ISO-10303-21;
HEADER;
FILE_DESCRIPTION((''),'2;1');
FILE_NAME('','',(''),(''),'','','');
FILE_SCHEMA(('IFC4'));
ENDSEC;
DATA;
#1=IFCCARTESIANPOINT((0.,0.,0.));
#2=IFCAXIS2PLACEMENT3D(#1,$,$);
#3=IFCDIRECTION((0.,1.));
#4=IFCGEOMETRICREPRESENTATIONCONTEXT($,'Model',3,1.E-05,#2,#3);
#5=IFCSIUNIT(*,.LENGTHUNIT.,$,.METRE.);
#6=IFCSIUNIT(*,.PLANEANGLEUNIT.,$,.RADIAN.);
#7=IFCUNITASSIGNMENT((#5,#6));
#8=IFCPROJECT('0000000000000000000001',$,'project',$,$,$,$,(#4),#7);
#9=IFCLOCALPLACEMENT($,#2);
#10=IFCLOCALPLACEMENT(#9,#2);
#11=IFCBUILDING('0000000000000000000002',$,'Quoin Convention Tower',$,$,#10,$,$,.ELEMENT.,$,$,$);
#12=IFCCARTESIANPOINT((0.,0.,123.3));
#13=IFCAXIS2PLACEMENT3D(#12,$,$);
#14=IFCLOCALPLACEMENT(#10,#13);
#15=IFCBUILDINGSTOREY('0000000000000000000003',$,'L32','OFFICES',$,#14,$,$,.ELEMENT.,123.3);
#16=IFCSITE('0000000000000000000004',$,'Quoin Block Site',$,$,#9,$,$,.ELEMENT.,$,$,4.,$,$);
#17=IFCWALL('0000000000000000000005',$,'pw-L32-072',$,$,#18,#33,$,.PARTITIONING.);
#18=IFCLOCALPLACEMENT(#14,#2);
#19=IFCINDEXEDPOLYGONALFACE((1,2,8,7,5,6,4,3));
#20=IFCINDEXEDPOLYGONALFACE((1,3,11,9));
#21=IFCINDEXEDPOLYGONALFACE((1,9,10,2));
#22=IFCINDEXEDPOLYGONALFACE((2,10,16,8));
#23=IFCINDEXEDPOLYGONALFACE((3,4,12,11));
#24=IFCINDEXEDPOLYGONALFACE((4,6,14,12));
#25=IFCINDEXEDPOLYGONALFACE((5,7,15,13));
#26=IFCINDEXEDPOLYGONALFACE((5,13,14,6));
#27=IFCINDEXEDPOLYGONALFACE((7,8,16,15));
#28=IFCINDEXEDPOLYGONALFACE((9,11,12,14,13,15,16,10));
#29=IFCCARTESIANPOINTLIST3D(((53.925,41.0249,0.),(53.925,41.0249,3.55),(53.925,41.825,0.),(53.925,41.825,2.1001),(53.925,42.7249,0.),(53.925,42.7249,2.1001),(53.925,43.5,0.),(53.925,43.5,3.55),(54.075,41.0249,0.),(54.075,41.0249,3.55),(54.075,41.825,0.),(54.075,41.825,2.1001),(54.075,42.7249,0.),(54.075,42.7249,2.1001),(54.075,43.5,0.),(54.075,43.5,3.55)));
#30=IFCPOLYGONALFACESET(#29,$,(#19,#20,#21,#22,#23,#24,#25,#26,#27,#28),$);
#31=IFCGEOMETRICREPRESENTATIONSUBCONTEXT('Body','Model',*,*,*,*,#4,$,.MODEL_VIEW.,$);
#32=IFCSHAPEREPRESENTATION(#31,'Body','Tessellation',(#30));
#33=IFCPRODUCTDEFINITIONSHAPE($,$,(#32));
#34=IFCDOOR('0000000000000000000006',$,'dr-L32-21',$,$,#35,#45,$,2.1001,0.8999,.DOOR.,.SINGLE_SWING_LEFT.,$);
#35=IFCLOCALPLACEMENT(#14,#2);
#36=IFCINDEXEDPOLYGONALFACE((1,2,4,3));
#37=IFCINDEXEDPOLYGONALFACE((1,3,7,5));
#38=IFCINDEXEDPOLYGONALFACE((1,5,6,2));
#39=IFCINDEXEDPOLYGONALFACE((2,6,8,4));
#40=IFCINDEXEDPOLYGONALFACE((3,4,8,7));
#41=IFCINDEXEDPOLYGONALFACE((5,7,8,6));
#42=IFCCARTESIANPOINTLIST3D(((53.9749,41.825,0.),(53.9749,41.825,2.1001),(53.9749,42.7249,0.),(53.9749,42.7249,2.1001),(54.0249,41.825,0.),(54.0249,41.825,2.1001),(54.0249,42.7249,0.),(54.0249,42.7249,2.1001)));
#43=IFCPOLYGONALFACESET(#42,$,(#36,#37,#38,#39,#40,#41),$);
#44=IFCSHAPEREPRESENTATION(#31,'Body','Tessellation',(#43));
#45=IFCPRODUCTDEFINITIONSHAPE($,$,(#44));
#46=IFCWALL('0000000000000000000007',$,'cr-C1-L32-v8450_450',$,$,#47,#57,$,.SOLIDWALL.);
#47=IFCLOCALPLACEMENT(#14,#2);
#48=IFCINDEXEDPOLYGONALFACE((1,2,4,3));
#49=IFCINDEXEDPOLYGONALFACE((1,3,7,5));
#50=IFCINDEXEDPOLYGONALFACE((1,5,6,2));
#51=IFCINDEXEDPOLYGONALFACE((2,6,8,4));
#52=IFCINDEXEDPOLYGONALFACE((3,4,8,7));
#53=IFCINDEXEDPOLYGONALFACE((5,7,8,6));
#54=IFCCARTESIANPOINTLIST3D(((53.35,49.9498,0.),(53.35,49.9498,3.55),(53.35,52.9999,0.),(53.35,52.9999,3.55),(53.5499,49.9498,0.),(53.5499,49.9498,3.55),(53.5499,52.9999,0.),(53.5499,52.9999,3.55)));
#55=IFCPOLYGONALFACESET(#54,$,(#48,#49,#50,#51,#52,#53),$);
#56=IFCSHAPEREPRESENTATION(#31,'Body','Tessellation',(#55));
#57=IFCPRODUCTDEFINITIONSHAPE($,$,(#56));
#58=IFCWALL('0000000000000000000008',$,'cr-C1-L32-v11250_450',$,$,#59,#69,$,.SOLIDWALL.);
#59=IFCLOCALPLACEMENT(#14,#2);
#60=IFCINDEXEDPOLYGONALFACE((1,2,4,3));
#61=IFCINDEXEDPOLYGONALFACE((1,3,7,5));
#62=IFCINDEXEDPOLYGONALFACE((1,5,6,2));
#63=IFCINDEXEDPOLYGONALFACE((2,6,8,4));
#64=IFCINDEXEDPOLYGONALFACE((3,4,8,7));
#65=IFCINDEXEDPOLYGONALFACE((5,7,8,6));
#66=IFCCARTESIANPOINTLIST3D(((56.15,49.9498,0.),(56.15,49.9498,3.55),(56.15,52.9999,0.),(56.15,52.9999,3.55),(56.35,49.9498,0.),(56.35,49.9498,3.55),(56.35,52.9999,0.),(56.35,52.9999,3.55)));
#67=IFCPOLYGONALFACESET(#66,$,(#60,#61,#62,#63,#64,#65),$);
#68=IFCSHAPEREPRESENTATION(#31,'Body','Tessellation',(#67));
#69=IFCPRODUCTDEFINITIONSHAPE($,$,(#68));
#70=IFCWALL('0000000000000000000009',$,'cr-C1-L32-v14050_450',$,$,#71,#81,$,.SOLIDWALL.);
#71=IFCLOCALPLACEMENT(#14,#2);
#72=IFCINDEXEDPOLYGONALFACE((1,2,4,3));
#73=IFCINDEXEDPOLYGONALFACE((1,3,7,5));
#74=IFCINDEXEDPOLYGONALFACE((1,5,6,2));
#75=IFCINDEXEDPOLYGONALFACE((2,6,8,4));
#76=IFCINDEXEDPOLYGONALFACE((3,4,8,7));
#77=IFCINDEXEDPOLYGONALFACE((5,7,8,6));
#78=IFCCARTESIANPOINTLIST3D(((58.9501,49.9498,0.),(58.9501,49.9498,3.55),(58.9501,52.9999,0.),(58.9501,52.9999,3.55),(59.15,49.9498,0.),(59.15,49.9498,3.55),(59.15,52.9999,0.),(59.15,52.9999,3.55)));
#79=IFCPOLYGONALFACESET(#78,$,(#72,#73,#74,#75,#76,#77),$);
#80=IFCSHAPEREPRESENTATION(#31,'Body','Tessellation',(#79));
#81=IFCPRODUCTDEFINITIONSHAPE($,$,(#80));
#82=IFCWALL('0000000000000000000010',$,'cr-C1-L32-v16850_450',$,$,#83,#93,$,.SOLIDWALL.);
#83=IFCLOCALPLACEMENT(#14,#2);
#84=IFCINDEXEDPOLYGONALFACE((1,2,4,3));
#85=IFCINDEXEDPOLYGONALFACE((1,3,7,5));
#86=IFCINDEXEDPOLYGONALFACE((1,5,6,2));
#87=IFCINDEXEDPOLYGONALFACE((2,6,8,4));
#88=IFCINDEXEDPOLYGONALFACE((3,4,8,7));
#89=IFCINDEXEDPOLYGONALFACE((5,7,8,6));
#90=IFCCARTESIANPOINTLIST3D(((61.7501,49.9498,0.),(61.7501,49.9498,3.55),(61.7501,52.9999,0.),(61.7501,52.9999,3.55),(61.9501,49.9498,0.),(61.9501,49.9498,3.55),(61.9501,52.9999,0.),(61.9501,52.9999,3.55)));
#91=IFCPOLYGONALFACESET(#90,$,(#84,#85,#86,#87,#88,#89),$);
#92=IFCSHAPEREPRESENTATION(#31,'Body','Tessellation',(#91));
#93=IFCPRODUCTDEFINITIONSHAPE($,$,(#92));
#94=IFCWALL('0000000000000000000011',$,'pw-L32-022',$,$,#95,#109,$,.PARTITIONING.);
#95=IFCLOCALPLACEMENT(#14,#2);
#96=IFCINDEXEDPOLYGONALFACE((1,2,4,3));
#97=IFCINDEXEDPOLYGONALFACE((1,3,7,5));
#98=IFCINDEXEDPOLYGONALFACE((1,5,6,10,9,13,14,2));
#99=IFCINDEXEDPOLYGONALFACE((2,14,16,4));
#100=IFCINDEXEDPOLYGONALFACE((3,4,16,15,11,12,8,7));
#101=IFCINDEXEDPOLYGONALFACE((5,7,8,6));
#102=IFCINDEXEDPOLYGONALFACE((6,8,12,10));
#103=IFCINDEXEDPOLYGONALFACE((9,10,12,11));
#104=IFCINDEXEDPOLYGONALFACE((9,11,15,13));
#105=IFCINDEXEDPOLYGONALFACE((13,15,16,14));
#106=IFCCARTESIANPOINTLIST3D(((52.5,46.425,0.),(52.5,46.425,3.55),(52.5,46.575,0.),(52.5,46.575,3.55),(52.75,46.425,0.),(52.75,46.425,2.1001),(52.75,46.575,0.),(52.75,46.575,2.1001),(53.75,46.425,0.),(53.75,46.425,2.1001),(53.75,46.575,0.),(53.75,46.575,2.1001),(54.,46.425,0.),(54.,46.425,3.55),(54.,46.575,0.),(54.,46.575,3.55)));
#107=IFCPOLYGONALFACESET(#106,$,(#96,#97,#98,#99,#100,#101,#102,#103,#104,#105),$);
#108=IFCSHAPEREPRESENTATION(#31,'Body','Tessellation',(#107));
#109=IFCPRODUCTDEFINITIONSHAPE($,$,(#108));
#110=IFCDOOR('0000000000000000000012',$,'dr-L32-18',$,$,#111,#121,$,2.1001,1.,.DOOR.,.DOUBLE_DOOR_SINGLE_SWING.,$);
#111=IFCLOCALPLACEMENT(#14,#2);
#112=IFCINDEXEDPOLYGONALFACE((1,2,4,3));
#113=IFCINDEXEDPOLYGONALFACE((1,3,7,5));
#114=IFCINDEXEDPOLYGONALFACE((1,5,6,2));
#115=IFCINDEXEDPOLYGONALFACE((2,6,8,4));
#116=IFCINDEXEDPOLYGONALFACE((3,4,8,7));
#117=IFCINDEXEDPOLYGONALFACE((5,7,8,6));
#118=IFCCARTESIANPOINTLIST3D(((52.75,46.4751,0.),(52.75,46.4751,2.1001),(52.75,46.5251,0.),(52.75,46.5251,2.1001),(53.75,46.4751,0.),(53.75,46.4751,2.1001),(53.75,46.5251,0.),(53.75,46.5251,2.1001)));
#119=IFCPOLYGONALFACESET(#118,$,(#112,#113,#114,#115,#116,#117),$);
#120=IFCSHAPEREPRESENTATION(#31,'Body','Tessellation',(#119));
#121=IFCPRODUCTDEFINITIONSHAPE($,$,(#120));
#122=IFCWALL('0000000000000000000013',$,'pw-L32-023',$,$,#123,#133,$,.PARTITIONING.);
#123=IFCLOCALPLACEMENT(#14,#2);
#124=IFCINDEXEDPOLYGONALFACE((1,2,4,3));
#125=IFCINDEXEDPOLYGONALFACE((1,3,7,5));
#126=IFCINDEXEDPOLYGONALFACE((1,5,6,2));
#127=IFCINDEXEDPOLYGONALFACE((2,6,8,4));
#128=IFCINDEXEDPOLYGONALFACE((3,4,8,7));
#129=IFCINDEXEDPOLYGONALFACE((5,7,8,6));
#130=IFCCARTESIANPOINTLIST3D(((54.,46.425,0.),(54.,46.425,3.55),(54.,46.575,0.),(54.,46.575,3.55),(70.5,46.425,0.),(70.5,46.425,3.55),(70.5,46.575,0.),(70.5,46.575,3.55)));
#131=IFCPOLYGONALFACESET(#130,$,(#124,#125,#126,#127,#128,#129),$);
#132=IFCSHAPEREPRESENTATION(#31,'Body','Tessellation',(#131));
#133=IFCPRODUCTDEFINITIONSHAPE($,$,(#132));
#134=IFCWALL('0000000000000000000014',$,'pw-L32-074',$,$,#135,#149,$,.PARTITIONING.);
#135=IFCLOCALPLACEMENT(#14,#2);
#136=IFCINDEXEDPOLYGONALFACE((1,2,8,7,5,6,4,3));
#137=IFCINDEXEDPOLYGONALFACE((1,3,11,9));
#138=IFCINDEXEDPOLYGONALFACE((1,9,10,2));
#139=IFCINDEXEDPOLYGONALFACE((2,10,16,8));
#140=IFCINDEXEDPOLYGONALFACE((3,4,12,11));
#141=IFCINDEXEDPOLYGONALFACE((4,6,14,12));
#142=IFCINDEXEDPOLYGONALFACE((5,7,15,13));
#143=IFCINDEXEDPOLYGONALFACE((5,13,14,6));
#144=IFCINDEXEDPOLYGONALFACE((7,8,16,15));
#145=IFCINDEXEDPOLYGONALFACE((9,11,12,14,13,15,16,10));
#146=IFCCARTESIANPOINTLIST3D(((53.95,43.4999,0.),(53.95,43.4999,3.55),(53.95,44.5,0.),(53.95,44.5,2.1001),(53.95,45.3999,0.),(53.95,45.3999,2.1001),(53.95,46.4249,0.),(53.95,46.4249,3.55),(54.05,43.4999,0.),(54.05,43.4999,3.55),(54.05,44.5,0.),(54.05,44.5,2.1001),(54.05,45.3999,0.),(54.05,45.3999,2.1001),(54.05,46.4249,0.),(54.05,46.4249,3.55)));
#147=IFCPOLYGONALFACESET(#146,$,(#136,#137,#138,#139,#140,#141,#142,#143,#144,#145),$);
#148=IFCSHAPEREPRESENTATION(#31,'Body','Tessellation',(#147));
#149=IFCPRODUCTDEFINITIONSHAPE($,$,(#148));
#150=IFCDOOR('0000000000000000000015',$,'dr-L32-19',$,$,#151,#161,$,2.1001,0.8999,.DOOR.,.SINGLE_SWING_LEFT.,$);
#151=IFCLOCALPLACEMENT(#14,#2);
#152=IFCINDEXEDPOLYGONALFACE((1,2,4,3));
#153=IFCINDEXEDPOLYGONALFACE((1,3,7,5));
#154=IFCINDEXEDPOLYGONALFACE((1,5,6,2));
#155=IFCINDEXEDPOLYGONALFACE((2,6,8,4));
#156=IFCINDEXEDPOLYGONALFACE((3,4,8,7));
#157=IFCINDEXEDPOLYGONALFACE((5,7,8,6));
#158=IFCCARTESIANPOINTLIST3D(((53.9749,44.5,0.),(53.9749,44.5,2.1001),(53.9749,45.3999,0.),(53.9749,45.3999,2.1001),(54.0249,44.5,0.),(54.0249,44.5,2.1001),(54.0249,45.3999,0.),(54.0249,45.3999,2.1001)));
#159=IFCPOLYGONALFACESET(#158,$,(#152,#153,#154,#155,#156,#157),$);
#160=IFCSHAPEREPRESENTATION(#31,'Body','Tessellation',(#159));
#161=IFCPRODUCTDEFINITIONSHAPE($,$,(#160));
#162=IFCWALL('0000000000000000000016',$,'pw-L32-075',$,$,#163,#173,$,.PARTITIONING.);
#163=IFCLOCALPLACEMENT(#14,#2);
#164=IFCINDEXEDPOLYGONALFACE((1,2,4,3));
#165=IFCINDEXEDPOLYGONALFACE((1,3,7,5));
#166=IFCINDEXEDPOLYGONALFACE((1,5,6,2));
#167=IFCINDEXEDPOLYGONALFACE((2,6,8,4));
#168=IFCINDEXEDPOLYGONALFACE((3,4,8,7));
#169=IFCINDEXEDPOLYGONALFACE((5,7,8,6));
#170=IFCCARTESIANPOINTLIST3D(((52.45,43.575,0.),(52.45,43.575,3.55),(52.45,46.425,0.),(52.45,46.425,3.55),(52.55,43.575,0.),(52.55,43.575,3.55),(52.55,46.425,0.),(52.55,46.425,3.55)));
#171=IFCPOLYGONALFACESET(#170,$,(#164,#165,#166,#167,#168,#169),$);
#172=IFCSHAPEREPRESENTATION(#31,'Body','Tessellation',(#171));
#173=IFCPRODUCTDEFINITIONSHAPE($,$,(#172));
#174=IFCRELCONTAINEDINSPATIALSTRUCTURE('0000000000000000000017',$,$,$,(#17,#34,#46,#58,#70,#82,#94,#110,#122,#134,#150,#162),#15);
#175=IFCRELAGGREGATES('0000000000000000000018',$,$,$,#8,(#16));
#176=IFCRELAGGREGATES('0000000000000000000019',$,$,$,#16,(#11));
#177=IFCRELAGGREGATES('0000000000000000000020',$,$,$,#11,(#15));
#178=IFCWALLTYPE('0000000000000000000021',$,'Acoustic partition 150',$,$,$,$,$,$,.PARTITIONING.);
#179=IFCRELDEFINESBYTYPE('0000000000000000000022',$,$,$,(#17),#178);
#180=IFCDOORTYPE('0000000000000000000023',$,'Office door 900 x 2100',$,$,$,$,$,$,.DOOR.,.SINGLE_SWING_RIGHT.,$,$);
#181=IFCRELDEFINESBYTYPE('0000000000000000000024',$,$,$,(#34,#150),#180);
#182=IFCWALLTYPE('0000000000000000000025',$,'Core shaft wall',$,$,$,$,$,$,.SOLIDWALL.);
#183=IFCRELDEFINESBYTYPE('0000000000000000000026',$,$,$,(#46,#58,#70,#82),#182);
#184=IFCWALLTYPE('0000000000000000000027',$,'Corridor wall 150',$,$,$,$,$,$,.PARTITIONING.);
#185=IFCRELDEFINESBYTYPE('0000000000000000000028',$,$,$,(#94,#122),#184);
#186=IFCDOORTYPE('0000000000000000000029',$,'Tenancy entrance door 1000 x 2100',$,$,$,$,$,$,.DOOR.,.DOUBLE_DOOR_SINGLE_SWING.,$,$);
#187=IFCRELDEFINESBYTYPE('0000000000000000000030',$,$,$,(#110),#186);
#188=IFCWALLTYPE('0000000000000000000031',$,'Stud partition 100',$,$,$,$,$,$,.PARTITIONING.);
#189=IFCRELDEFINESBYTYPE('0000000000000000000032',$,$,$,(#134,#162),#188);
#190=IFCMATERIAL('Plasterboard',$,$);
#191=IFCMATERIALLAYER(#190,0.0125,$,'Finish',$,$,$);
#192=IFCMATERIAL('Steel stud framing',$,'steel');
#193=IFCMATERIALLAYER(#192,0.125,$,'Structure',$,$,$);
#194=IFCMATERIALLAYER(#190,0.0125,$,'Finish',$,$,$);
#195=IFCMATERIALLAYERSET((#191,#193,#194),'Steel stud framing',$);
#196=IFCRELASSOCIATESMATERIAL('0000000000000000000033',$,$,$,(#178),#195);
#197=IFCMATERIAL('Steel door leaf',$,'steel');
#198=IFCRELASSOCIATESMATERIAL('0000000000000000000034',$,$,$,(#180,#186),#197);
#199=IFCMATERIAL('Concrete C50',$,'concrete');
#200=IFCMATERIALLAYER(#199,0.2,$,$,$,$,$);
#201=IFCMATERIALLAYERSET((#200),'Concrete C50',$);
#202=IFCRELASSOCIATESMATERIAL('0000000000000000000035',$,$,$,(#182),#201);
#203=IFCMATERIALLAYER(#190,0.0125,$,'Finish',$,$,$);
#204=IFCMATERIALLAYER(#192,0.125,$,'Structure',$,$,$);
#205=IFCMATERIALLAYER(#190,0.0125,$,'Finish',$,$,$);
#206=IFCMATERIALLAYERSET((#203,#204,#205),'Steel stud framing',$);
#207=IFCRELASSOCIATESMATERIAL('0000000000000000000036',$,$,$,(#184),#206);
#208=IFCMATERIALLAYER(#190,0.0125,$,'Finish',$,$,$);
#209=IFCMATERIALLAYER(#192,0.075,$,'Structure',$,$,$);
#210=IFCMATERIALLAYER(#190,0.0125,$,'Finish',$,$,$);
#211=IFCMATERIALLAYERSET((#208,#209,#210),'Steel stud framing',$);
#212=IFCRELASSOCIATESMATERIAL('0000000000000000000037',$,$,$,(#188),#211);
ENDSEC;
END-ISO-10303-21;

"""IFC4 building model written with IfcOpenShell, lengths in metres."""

from ifc_helpers import new_model, si_unit, direction, frame, frame_2d, origin, place, context, subcontext, project, spatial, rectangle, extrude, material, layer, layer_set, type_object, element, fill, save


model = new_model("IFC4")

# Units and contexts
model_context = context("Model", 3, precision=1e-05, world=origin(), true_north=direction((0.0, 1.0)))
body_context = subcontext(model_context, "Body", "Model", "MODEL_VIEW")
ifc_project = project(units=[si_unit("LENGTHUNIT", "METRE"), si_unit("PLANEANGLEUNIT", "RADIAN")], contexts=[model_context])

# Site, building, storey
site_placement = place(None, origin())
site = spatial("IfcSite", under=ifc_project, at=site_placement, Name="Quoin Block Site", CompositionType="ELEMENT", RefElevation=4.0)
building_placement = place(site_placement, origin())
building = spatial("IfcBuilding", under=site, at=building_placement, Name="Quoin Convention Tower", CompositionType="ELEMENT")
storey_placement = place(building_placement, frame((0.0, 0.0, 123.3)))
storey = spatial("IfcBuildingStorey", under=building, at=storey_placement, Name="L32", Description="OFFICES", CompositionType="ELEMENT", Elevation=123.3)

# Shared definitions
ifc_material_1 = material(Name="Plasterboard")
ifc_layer_1 = layer(ifc_material_1, 0.0125, Name="Finish")
ifc_material_2 = material(Name="Steel stud framing", Category="steel")
ifc_layer_2 = layer(ifc_material_2, 0.125, Name="Structure")
ifc_layer_3 = layer(ifc_material_1, 0.0125, Name="Finish")
ifc_layer_set_1 = layer_set([ifc_layer_1, ifc_layer_2, ifc_layer_3], Name="Steel stud framing")
wall_type_1 = type_object("IfcWallType", Name="Acoustic partition 150", PredefinedType="PARTITIONING", material=ifc_layer_set_1)

# Wall, opening, door
wall_1_placement = place(storey_placement, frame((54.0, 41.0249, 0.0), z_axis=(0.0, 0.0, 1.0), x_axis=(0.0, 1.0, 0.0)))
wall_1 = element("IfcWall", 1, at=wall_1_placement, inside=storey, type_object=wall_type_1, Name="pw-L32-072", PredefinedType="PARTITIONING", context=body_context, shape_type="SweptSolid", body=[
    extrude(rectangle(XDim=2.4751, YDim=0.1499, at=frame_2d((1.2375, 0.0))), origin(), (0.0, 0.0, 1.0), 3.55),
])
opening_1_placement = place(wall_1_placement, frame((0.8, 0.0, 0.0)))
opening_1 = element("IfcOpeningElement", 2, at=opening_1_placement, cuts=wall_1, PredefinedType="OPENING", context=body_context, shape_type="SweptSolid", body=[
    extrude(rectangle(XDim=0.8999, YDim=2.1001, at=frame_2d((0.45, 1.05))), frame((0.0, 0.085, 0.0), z_axis=(0.0, -1.0, 0.0), x_axis=(1.0, 0.0, 0.0)), (0.0, 0.0, 1.0), 0.1699),
])
ifc_material_3 = material(Name="Steel door leaf", Category="steel")
door_type_1 = type_object("IfcDoorType", Name="Office door 900 x 2100", OperationType="SINGLE_SWING_RIGHT", PredefinedType="DOOR", material=ifc_material_3)
door_1_placement = place(opening_1_placement, frame((0.8999, 0.0, 0.0), z_axis=(0.0, 0.0, 1.0), x_axis=(-1.0, 0.0, 0.0)))
door_1 = element("IfcDoor", 3, at=door_1_placement, inside=storey, type_object=door_type_1, Name="dr-L32-21", OperationType="SINGLE_SWING_LEFT", OverallHeight=2.1001, OverallWidth=0.8999, PredefinedType="DOOR", context=body_context, shape_type="SweptSolid", body=[
    extrude(rectangle(XDim=0.8999, YDim=2.1001, at=frame_2d((0.45, 1.05))), frame((0.0, 0.0249, 0.0), z_axis=(0.0, -1.0, 0.0), x_axis=(1.0, 0.0, 0.0)), (0.0, 0.0, 1.0), 0.05),
])
fill(opening_1, door_1)

# Walls
ifc_material_4 = material(Name="Concrete C50", Category="concrete")
ifc_layer_4 = layer(ifc_material_4, 0.2)
ifc_layer_set_2 = layer_set([ifc_layer_4], Name="Concrete C50")
wall_type_2 = type_object("IfcWallType", Name="Core shaft wall", PredefinedType="SOLIDWALL", material=ifc_layer_set_2)
for number, where, z_axis, x_axis, name in (
    (4, (53.45, 49.95, 0.0), (0.0, 0.0, 1.0), (0.0, 1.0, 0.0), "cr-C1-L32-v8450_450"),
    (5, (56.25, 49.95, 0.0), (0.0, 0.0, 1.0), (0.0, 1.0, 0.0), "cr-C1-L32-v11250_450"),
    (6, (59.05, 49.95, 0.0), (0.0, 0.0, 1.0), (0.0, 1.0, 0.0), "cr-C1-L32-v14050_450"),
    (7, (61.8501, 49.95, 0.0), (0.0, 0.0, 1.0), (0.0, 1.0, 0.0), "cr-C1-L32-v16850_450"),
):
    element("IfcWall", number, at=place(storey_placement, frame(where, z_axis=z_axis, x_axis=x_axis)), inside=storey, type_object=wall_type_2, Name=name, PredefinedType="SOLIDWALL", context=body_context, shape_type="SweptSolid", body=[
        extrude(rectangle(XDim=3.05, YDim=0.2, at=frame_2d((1.5249, 0.0))), origin(), (0.0, 0.0, 1.0), 3.55),
    ])

# Wall, opening, door
ifc_layer_5 = layer(ifc_material_1, 0.0125, Name="Finish")
ifc_layer_6 = layer(ifc_material_2, 0.125, Name="Structure")
ifc_layer_7 = layer(ifc_material_1, 0.0125, Name="Finish")
ifc_layer_set_3 = layer_set([ifc_layer_5, ifc_layer_6, ifc_layer_7], Name="Steel stud framing")
wall_type_3 = type_object("IfcWallType", Name="Corridor wall 150", PredefinedType="PARTITIONING", material=ifc_layer_set_3)
wall_2_placement = place(storey_placement, frame((52.5, 46.5, 0.0), z_axis=(0.0, 0.0, 1.0), x_axis=(1.0, 0.0, 0.0)))
wall_2 = element("IfcWall", 8, at=wall_2_placement, inside=storey, type_object=wall_type_3, Name="pw-L32-022", PredefinedType="PARTITIONING", context=body_context, shape_type="SweptSolid", body=[
    extrude(rectangle(XDim=1.5, YDim=0.1499, at=frame_2d((0.75, 0.0))), origin(), (0.0, 0.0, 1.0), 3.55),
])
opening_2_placement = place(wall_2_placement, frame((0.25, 0.0, 0.0)))
opening_2 = element("IfcOpeningElement", 9, at=opening_2_placement, cuts=wall_2, PredefinedType="OPENING", context=body_context, shape_type="SweptSolid", body=[
    extrude(rectangle(XDim=1.0, YDim=2.1001, at=frame_2d((0.5, 1.05))), frame((0.0, 0.085, 0.0), z_axis=(0.0, -1.0, 0.0), x_axis=(1.0, 0.0, 0.0)), (0.0, 0.0, 1.0), 0.1699),
])
door_type_2 = type_object("IfcDoorType", Name="Tenancy entrance door 1000 x 2100", OperationType="DOUBLE_DOOR_SINGLE_SWING", PredefinedType="DOOR", material=ifc_material_3)
door_2_placement = place(opening_2_placement, frame((1.0, 0.0, 0.0), z_axis=(0.0, 0.0, 1.0), x_axis=(-1.0, 0.0, 0.0)))
door_2 = element("IfcDoor", 10, at=door_2_placement, inside=storey, type_object=door_type_2, Name="dr-L32-18", OperationType="DOUBLE_DOOR_SINGLE_SWING", OverallHeight=2.1001, OverallWidth=1.0, PredefinedType="DOOR", context=body_context, shape_type="SweptSolid", body=[
    extrude(rectangle(XDim=1.0, YDim=2.1001, at=frame_2d((0.5, 1.05))), frame((0.0, 0.0249, 0.0), z_axis=(0.0, -1.0, 0.0), x_axis=(1.0, 0.0, 0.0)), (0.0, 0.0, 1.0), 0.05),
])
fill(opening_2, door_2)

# Wall
wall_3_placement = place(storey_placement, frame((54.0, 46.5, 0.0), z_axis=(0.0, 0.0, 1.0), x_axis=(1.0, 0.0, 0.0)))
element("IfcWall", 11, at=wall_3_placement, inside=storey, type_object=wall_type_3, Name="pw-L32-023", PredefinedType="PARTITIONING", context=body_context, shape_type="SweptSolid", body=[
    extrude(rectangle(XDim=16.5, YDim=0.1499, at=frame_2d((8.25, 0.0))), origin(), (0.0, 0.0, 1.0), 3.55),
])

# Wall, opening, door
ifc_layer_8 = layer(ifc_material_1, 0.0125, Name="Finish")
ifc_layer_9 = layer(ifc_material_2, 0.075, Name="Structure")
ifc_layer_10 = layer(ifc_material_1, 0.0125, Name="Finish")
ifc_layer_set_4 = layer_set([ifc_layer_8, ifc_layer_9, ifc_layer_10], Name="Steel stud framing")
wall_type_4 = type_object("IfcWallType", Name="Stud partition 100", PredefinedType="PARTITIONING", material=ifc_layer_set_4)
wall_4_placement = place(storey_placement, frame((54.0, 43.5, 0.0), z_axis=(0.0, 0.0, 1.0), x_axis=(0.0, 1.0, 0.0)))
wall_4 = element("IfcWall", 12, at=wall_4_placement, inside=storey, type_object=wall_type_4, Name="pw-L32-074", PredefinedType="PARTITIONING", context=body_context, shape_type="SweptSolid", body=[
    extrude(rectangle(XDim=2.925, YDim=0.1001, at=frame_2d((1.4624, 0.0))), origin(), (0.0, 0.0, 1.0), 3.55),
])
opening_3_placement = place(wall_4_placement, frame((1.0, 0.0, 0.0)))
opening_3 = element("IfcOpeningElement", 13, at=opening_3_placement, cuts=wall_4, PredefinedType="OPENING", context=body_context, shape_type="SweptSolid", body=[
    extrude(rectangle(XDim=0.8999, YDim=2.1001, at=frame_2d((0.45, 1.05))), frame((0.0, 0.0601, 0.0), z_axis=(0.0, -1.0, 0.0), x_axis=(1.0, 0.0, 0.0)), (0.0, 0.0, 1.0), 0.1201),
])
door_3_placement = place(opening_3_placement, frame((0.8999, 0.0, 0.0), z_axis=(0.0, 0.0, 1.0), x_axis=(-1.0, 0.0, 0.0)))
door_3 = element("IfcDoor", 14, at=door_3_placement, inside=storey, type_object=door_type_1, Name="dr-L32-19", OperationType="SINGLE_SWING_LEFT", OverallHeight=2.1001, OverallWidth=0.8999, PredefinedType="DOOR", context=body_context, shape_type="SweptSolid", body=[
    extrude(rectangle(XDim=0.8999, YDim=2.1001, at=frame_2d((0.45, 1.05))), frame((0.0, 0.0249, 0.0), z_axis=(0.0, -1.0, 0.0), x_axis=(1.0, 0.0, 0.0)), (0.0, 0.0, 1.0), 0.05),
])
fill(opening_3, door_3)

# Wall
wall_5_placement = place(storey_placement, frame((52.5, 43.575, 0.0), z_axis=(0.0, 0.0, 1.0), x_axis=(0.0, 1.0, 0.0)))
element("IfcWall", 15, at=wall_5_placement, inside=storey, type_object=wall_type_4, Name="pw-L32-075", PredefinedType="PARTITIONING", context=body_context, shape_type="SweptSolid", body=[
    extrude(rectangle(XDim=2.8501, YDim=0.1001, at=frame_2d((1.425, 0.0))), origin(), (0.0, 0.0, 1.0), 3.55),
])

save(model, "model.ifc")
